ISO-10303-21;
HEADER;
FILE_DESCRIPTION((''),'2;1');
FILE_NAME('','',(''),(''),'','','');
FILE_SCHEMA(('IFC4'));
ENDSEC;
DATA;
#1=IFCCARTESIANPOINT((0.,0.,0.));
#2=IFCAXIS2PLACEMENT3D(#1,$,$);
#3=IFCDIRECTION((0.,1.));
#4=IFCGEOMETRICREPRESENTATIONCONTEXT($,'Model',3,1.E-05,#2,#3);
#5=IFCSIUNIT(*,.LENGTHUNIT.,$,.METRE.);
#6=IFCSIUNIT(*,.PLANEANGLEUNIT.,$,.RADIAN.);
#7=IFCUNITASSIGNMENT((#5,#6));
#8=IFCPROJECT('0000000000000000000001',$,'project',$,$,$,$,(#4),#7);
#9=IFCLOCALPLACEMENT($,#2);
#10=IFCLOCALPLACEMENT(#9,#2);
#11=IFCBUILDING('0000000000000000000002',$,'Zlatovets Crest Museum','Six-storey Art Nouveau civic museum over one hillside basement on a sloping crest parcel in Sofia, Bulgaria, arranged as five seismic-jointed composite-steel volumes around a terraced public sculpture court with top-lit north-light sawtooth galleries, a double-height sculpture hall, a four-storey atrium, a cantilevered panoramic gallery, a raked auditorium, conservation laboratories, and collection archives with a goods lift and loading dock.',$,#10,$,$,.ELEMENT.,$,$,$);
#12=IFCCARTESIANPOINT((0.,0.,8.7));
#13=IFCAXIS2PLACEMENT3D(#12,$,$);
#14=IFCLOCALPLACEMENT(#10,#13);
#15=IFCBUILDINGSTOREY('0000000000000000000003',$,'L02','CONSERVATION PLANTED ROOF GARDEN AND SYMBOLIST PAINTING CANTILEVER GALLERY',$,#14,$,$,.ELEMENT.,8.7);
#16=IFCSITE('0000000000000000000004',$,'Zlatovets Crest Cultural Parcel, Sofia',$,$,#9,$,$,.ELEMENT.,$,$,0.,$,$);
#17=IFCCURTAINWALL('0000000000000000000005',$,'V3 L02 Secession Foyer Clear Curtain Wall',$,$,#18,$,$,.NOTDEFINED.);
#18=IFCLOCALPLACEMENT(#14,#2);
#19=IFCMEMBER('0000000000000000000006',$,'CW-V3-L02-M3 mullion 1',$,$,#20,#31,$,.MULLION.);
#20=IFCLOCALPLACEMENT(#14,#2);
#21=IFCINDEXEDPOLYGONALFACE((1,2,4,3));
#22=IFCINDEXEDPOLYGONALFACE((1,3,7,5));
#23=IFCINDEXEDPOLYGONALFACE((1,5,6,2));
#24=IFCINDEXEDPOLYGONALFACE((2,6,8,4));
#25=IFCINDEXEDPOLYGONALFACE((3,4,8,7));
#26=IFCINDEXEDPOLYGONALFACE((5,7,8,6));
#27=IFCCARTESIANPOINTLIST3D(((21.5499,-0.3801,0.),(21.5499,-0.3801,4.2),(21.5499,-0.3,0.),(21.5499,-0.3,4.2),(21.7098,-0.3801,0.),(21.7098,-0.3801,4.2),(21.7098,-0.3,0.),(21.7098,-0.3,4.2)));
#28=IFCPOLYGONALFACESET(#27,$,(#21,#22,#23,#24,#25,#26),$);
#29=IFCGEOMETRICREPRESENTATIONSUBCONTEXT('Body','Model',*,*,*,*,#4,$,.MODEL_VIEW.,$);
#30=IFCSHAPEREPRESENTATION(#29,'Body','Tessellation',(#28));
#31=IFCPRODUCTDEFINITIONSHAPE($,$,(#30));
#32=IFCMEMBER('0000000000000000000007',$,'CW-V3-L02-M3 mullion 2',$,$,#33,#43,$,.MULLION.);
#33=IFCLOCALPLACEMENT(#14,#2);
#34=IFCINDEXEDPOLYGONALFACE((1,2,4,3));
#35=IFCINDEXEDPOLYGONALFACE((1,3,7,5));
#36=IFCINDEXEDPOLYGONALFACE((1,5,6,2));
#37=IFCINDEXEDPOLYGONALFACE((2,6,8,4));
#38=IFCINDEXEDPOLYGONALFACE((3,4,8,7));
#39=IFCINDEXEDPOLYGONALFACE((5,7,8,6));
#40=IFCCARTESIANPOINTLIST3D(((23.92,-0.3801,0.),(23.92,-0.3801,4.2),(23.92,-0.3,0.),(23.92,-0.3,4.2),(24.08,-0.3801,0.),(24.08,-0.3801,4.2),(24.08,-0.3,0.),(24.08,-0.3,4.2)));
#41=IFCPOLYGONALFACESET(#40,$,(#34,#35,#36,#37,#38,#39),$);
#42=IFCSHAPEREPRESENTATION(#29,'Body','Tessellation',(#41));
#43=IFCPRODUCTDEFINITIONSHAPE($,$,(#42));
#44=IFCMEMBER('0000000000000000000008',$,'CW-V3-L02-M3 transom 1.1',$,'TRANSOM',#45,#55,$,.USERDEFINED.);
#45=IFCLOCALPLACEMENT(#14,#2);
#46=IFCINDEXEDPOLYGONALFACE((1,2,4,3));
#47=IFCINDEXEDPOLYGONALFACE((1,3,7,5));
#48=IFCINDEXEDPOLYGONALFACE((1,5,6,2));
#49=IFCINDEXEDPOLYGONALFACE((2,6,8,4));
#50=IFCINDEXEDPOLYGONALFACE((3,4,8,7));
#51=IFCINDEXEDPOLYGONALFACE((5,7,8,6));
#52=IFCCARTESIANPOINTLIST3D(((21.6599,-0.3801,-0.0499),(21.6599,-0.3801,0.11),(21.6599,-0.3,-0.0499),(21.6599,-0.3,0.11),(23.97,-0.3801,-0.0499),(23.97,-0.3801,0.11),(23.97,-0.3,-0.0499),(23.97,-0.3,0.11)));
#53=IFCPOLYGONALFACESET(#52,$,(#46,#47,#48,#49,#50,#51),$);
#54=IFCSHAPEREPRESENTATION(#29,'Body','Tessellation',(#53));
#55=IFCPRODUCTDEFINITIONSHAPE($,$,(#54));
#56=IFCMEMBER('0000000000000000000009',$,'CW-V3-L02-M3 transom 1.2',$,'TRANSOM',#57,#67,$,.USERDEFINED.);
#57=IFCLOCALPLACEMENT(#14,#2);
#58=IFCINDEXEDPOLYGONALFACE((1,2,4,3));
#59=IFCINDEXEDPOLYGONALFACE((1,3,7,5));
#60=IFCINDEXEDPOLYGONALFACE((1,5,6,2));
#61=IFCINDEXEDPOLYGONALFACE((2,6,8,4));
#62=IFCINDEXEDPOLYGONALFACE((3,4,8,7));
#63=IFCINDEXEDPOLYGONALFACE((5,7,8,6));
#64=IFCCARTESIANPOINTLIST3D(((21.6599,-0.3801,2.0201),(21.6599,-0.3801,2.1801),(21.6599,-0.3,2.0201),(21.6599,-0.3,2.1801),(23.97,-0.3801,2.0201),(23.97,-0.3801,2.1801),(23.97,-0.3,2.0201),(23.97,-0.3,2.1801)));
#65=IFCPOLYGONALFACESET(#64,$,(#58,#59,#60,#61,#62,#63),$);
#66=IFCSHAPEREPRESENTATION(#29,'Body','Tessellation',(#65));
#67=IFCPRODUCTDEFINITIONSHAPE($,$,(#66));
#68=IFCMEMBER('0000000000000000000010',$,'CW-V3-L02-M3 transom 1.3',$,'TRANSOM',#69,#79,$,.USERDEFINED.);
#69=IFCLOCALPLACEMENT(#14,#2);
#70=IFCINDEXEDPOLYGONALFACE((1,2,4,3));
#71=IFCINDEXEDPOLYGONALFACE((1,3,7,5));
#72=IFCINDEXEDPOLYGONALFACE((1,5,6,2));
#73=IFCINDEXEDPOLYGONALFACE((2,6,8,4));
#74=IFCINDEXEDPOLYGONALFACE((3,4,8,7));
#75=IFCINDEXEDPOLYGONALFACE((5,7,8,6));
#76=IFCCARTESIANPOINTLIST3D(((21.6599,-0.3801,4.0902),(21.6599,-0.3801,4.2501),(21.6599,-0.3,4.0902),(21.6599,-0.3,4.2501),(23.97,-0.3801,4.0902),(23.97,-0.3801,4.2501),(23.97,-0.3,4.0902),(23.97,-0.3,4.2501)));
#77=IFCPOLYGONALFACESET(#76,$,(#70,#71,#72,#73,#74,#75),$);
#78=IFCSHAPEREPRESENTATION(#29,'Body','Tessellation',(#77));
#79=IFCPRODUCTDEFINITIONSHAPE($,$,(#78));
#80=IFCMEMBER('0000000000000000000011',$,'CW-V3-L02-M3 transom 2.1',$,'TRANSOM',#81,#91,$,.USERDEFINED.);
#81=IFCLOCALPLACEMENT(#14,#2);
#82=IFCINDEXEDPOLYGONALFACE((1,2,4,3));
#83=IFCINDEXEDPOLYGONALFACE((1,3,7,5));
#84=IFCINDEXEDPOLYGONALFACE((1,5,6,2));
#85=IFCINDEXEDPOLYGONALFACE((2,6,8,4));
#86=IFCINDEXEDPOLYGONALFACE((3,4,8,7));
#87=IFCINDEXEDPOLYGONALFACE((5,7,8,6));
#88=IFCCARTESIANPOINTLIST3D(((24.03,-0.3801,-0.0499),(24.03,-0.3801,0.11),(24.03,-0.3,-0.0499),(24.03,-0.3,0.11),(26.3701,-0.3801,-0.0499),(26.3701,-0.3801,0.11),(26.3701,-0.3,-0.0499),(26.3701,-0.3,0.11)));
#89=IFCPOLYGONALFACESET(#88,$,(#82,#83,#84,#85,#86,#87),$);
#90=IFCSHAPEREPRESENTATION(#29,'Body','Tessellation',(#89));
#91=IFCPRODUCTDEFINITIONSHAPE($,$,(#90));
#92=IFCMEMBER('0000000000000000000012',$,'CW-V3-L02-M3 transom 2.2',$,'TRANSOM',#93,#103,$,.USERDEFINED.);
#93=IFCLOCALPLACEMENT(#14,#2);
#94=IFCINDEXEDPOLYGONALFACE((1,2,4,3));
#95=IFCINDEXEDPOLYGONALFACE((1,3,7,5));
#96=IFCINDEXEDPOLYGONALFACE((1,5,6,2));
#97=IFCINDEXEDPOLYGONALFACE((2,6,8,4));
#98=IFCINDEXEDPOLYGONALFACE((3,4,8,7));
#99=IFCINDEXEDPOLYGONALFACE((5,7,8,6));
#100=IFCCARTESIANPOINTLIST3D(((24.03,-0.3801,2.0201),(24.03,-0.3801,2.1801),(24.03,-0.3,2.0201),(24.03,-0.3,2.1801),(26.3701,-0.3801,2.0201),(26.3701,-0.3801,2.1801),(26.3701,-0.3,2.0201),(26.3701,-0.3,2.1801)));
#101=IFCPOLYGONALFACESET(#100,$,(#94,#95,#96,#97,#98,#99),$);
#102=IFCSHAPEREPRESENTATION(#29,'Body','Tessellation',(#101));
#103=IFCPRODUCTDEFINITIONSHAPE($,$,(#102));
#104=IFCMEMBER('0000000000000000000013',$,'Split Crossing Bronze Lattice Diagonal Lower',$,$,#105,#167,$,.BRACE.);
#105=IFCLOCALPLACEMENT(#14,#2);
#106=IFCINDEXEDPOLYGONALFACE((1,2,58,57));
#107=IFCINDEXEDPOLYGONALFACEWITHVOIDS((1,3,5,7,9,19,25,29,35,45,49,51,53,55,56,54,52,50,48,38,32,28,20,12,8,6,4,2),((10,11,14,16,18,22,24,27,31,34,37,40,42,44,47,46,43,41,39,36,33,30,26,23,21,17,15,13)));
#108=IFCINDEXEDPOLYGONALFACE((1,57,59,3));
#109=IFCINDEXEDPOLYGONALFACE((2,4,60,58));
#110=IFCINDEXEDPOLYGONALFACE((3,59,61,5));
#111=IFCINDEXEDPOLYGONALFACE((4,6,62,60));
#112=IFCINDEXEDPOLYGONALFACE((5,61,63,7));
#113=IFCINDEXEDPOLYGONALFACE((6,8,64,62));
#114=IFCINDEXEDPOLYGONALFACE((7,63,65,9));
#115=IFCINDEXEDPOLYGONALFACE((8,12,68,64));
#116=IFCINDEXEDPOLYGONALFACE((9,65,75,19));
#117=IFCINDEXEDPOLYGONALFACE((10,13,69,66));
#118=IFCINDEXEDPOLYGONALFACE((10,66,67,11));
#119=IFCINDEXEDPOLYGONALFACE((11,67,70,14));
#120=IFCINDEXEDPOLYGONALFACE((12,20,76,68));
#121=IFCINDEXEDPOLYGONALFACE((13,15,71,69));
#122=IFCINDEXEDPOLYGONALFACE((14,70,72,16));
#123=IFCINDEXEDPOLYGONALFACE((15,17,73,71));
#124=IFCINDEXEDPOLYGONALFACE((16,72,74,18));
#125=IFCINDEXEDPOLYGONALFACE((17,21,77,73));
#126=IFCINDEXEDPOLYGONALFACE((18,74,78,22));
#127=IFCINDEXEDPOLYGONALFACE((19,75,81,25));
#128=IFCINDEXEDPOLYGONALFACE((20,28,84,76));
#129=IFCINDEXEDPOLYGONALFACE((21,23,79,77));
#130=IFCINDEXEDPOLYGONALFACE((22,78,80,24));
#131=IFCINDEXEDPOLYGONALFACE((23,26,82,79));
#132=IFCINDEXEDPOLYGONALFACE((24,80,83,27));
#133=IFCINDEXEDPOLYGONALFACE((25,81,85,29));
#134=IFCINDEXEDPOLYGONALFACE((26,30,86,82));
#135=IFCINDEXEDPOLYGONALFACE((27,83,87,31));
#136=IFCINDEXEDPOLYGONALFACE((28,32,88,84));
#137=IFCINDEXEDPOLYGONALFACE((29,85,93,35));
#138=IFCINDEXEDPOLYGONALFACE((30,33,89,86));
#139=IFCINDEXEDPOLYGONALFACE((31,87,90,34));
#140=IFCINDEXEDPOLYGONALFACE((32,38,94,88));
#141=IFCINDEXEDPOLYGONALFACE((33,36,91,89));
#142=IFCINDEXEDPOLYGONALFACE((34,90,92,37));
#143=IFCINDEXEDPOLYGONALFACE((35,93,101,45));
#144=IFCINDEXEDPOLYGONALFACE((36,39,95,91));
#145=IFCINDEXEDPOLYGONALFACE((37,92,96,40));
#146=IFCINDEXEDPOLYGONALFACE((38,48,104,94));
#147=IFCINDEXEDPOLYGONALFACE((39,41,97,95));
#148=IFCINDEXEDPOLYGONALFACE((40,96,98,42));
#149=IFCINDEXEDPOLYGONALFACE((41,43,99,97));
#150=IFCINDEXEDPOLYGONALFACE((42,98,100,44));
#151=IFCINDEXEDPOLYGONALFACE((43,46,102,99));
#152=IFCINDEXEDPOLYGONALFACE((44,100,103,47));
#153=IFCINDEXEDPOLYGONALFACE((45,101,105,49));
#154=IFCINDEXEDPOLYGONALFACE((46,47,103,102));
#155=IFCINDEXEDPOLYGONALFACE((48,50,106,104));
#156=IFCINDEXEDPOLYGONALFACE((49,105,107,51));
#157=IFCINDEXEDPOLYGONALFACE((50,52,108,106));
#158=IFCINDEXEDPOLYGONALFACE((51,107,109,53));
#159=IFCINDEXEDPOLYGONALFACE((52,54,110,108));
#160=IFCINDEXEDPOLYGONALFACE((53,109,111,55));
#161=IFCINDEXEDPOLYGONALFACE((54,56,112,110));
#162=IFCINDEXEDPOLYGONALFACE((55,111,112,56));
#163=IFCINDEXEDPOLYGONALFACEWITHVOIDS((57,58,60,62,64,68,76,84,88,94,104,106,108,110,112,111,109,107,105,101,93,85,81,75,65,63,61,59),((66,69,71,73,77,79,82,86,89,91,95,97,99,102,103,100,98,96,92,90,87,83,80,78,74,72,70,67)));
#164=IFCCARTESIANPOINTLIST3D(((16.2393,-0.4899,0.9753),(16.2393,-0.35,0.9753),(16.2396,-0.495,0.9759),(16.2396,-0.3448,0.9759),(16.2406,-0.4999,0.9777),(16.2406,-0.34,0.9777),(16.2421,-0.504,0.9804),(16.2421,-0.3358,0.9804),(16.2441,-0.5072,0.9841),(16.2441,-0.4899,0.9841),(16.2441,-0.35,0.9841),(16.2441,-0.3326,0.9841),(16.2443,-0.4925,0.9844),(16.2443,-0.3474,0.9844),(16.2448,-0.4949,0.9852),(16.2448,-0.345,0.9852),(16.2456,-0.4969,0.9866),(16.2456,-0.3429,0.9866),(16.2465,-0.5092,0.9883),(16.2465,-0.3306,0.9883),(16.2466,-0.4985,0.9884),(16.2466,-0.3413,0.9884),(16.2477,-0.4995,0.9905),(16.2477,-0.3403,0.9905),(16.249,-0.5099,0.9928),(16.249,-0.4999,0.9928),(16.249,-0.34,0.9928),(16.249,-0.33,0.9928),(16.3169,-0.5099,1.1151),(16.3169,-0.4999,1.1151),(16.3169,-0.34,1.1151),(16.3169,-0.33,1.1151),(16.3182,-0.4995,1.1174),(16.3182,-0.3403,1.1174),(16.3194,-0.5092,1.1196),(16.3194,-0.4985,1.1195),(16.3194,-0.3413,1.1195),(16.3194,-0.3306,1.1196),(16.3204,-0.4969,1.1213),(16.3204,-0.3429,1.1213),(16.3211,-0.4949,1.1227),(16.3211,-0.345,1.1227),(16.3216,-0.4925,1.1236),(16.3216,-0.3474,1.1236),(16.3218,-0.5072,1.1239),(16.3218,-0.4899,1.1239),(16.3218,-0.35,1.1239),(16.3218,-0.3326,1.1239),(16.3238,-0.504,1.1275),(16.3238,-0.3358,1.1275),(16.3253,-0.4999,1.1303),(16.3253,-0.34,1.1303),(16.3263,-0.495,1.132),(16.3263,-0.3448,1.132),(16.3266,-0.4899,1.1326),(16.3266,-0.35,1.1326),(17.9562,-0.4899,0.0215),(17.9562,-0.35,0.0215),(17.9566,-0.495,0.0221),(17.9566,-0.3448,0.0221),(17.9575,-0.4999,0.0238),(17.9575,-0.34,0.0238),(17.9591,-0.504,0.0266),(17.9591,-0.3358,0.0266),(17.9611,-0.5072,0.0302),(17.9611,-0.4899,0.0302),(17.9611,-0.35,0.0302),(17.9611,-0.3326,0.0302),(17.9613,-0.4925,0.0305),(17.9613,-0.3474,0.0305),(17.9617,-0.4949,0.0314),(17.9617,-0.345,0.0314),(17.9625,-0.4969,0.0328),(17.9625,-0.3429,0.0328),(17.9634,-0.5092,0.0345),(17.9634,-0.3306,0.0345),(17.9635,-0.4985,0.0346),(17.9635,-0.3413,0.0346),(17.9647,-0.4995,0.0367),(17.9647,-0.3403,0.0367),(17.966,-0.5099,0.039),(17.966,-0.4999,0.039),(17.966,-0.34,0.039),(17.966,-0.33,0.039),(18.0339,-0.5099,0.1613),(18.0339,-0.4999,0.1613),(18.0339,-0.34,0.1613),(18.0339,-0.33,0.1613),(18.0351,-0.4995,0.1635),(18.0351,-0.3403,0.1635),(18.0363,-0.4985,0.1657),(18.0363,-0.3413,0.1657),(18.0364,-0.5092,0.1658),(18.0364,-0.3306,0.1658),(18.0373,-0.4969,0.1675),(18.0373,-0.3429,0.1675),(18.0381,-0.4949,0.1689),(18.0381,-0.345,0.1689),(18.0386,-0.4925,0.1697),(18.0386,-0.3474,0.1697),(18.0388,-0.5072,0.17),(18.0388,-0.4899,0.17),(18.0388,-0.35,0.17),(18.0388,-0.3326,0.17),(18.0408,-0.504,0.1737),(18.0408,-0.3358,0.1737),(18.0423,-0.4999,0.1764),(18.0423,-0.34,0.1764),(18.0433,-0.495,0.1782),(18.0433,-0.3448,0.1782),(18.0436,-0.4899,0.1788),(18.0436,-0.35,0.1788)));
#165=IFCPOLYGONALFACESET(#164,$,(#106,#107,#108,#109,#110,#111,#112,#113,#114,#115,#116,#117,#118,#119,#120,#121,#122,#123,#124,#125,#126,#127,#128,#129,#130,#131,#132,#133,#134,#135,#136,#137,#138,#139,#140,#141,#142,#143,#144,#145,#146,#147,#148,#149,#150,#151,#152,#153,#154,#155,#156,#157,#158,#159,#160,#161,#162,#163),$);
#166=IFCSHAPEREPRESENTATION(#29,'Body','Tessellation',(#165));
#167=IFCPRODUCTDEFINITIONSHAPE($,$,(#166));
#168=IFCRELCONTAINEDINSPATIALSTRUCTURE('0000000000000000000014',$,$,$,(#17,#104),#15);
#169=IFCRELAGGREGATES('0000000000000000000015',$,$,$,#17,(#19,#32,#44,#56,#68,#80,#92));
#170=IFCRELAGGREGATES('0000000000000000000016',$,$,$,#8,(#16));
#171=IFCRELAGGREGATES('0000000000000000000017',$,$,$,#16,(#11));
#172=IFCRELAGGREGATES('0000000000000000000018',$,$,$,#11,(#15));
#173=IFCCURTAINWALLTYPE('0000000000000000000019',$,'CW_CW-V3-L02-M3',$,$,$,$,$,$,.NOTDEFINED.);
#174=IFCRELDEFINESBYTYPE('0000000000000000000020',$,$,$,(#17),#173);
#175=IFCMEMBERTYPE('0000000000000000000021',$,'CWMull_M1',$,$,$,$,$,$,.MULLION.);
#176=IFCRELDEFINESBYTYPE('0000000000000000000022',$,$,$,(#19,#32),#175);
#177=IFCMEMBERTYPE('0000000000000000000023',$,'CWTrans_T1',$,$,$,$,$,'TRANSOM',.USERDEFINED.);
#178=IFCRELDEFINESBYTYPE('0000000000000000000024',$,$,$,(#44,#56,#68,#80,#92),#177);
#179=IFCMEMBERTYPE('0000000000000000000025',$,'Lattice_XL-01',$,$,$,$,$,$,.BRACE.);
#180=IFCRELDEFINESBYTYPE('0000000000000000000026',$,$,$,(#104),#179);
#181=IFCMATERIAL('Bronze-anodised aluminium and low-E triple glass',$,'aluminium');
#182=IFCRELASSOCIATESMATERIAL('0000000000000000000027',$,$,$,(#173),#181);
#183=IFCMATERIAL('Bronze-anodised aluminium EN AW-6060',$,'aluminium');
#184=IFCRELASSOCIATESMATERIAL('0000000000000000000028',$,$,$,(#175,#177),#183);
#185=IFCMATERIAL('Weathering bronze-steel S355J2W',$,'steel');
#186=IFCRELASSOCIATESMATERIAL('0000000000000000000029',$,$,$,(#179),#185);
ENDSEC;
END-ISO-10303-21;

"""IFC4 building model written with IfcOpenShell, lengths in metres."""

from ifc_helpers import new_model, si_unit, direction, frame, origin, origin_2d, place, context, subcontext, project, spatial, rectangle, hollow_rectangle, extrude, material, material_profile, profile_set, type_object, element, aggregate, save


model = new_model("IFC4")

# Units and contexts
model_context = context("Model", 3, precision=1e-05, world=origin(), true_north=direction((0.0, 1.0)))
body_context = subcontext(model_context, "Body", "Model", "MODEL_VIEW")
ifc_project = project(units=[si_unit("LENGTHUNIT", "METRE"), si_unit("PLANEANGLEUNIT", "RADIAN")], contexts=[model_context])

# Site, building, storey
site_placement = place(None, origin())
site = spatial("IfcSite", under=ifc_project, at=site_placement, Name="Zlatovets Crest Cultural Parcel, Sofia", CompositionType="ELEMENT", RefElevation=0.0)
building_placement = place(site_placement, origin())
building = spatial("IfcBuilding", under=site, at=building_placement, Name="Zlatovets Crest Museum", Description="Six-storey Art Nouveau civic museum over one hillside basement on a sloping crest parcel in Sofia, Bulgaria, arranged as five seismic-jointed composite-steel volumes around a terraced public sculpture court with top-lit north-light sawtooth galleries, a double-height sculpture hall, a four-storey atrium, a cantilevered panoramic gallery, a raked auditorium, conservation laboratories, and collection archives with a goods lift and loading dock.", CompositionType="ELEMENT")
storey_placement = place(building_placement, frame((0.0, 0.0, 8.7)))
storey = spatial("IfcBuildingStorey", under=building, at=storey_placement, Name="L02", Description="CONSERVATION PLANTED ROOF GARDEN AND SYMBOLIST PAINTING CANTILEVER GALLERY", CompositionType="ELEMENT", Elevation=8.7)

# Curtain wall, members
ifc_material_1 = material(Name="Bronze-anodised aluminium and low-E triple glass", Category="aluminium")
curtain_wall_type = type_object("IfcCurtainWallType", Name="CW_CW-V3-L02-M3", PredefinedType="NOTDEFINED", material=ifc_material_1)
curtain_wall_placement = place(storey_placement, origin())
curtain_wall = element("IfcCurtainWall", 1, at=curtain_wall_placement, inside=storey, type_object=curtain_wall_type, Name="V3 L02 Secession Foyer Clear Curtain Wall", PredefinedType="NOTDEFINED")
ifc_material_2 = material(Name="Bronze-anodised aluminium EN AW-6060", Category="aluminium")
ifc_material_profile_1 = material_profile(ifc_material_2, rectangle(XDim=0.0801, YDim=0.1599, at=origin_2d()), Name="ALU 80x160")
ifc_profile_set_1 = profile_set([ifc_material_profile_1], Name="Bronze-anodised aluminium EN AW-6060")
member_type_1 = type_object("IfcMemberType", Name="CWMull_M1", PredefinedType="MULLION", material=ifc_profile_set_1)
member_1_placement = place(storey_placement, frame((21.6299, -0.3401, 0.0), z_axis=(0.0, 0.0, 1.0), x_axis=(0.0, 1.0, 0.0)))
member_1 = element("IfcMember", 2, at=member_1_placement, type_object=member_type_1, Name="CW-V3-L02-M3 mullion 1", PredefinedType="MULLION", context=body_context, shape_type="SweptSolid", body=[
    extrude(rectangle(XDim=0.0801, YDim=0.1599, at=origin_2d()), origin(), (0.0, 0.0, 1.0), 4.2),
])
member_2_placement = place(storey_placement, frame((24.0, -0.3401, 0.0), z_axis=(0.0, 0.0, 1.0), x_axis=(0.0, 1.0, 0.0)))
member_2 = element("IfcMember", 3, at=member_2_placement, type_object=member_type_1, Name="CW-V3-L02-M3 mullion 2", PredefinedType="MULLION", context=body_context, shape_type="SweptSolid", body=[
    extrude(rectangle(XDim=0.0801, YDim=0.1599, at=origin_2d()), origin(), (0.0, 0.0, 1.0), 4.2),
])
ifc_material_profile_2 = material_profile(ifc_material_2, rectangle(XDim=0.0801, YDim=0.1599, at=origin_2d()), Name="ALU 80x160")
ifc_profile_set_2 = profile_set([ifc_material_profile_2], Name="Bronze-anodised aluminium EN AW-6060")
member_type_2 = type_object("IfcMemberType", Name="CWTrans_T1", ElementType="TRANSOM", PredefinedType="USERDEFINED", material=ifc_profile_set_2)
member_3_placement = place(storey_placement, frame((21.6599, -0.3401, 0.03), z_axis=(1.0, 0.0, 0.0), x_axis=(0.0, 1.0, 0.0)))
member_3 = element("IfcMember", 4, at=member_3_placement, type_object=member_type_2, Name="CW-V3-L02-M3 transom 1.1", ObjectType="TRANSOM", PredefinedType="USERDEFINED", context=body_context, shape_type="SweptSolid", body=[
    extrude(rectangle(XDim=0.0801, YDim=0.1599, at=origin_2d()), origin(), (0.0, 0.0, 1.0), 2.3101),
])
member_4_placement = place(storey_placement, frame((21.6599, -0.3401, 2.1001), z_axis=(1.0, 0.0, 0.0), x_axis=(0.0, 1.0, 0.0)))
member_4 = element("IfcMember", 5, at=member_4_placement, type_object=member_type_2, Name="CW-V3-L02-M3 transom 1.2", ObjectType="TRANSOM", PredefinedType="USERDEFINED", context=body_context, shape_type="SweptSolid", body=[
    extrude(rectangle(XDim=0.0801, YDim=0.1599, at=origin_2d()), origin(), (0.0, 0.0, 1.0), 2.3101),
])
member_5_placement = place(storey_placement, frame((21.6599, -0.3401, 4.1702), z_axis=(1.0, 0.0, 0.0), x_axis=(0.0, 1.0, 0.0)))
member_5 = element("IfcMember", 6, at=member_5_placement, type_object=member_type_2, Name="CW-V3-L02-M3 transom 1.3", ObjectType="TRANSOM", PredefinedType="USERDEFINED", context=body_context, shape_type="SweptSolid", body=[
    extrude(rectangle(XDim=0.0801, YDim=0.1599, at=origin_2d()), origin(), (0.0, 0.0, 1.0), 2.3101),
])
member_6_placement = place(storey_placement, frame((24.03, -0.3401, 0.03), z_axis=(1.0, 0.0, 0.0), x_axis=(0.0, 1.0, 0.0)))
member_6 = element("IfcMember", 7, at=member_6_placement, type_object=member_type_2, Name="CW-V3-L02-M3 transom 2.1", ObjectType="TRANSOM", PredefinedType="USERDEFINED", context=body_context, shape_type="SweptSolid", body=[
    extrude(rectangle(XDim=0.0801, YDim=0.1599, at=origin_2d()), origin(), (0.0, 0.0, 1.0), 2.3401),
])
member_7_placement = place(storey_placement, frame((24.03, -0.3401, 2.1001), z_axis=(1.0, 0.0, 0.0), x_axis=(0.0, 1.0, 0.0)))
member_7 = element("IfcMember", 8, at=member_7_placement, type_object=member_type_2, Name="CW-V3-L02-M3 transom 2.2", ObjectType="TRANSOM", PredefinedType="USERDEFINED", context=body_context, shape_type="SweptSolid", body=[
    extrude(rectangle(XDim=0.0801, YDim=0.1599, at=origin_2d()), origin(), (0.0, 0.0, 1.0), 2.3401),
])

# Member
ifc_material_3 = material(Name="Weathering bronze-steel S355J2W", Category="steel")
ifc_material_profile_3 = material_profile(ifc_material_3, hollow_rectangle(XDim=0.1799, YDim=0.1799, WallThickness=0.01, InnerFilletRadius=0.01, OuterFilletRadius=0.02, at=origin_2d()), Name="SHS 180x180x10.0")
ifc_profile_set_3 = profile_set([ifc_material_profile_3], Name="Weathering bronze-steel S355J2W")
member_type_3 = type_object("IfcMemberType", Name="Lattice_XL-01", PredefinedType="BRACE", material=ifc_profile_set_3)
member_8_placement = place(storey_placement, frame((16.283, -0.4199, 1.054), z_axis=(0.874169, 0.0, -0.485622), x_axis=(0.0, 1.0, 0.0)))
element("IfcMember", 9, at=member_8_placement, inside=storey, type_object=member_type_3, Name="Split Crossing Bronze Lattice Diagonal Lower", PredefinedType="BRACE", context=body_context, shape_type="SweptSolid", body=[
    extrude(hollow_rectangle(XDim=0.1799, YDim=0.1799, WallThickness=0.01, InnerFilletRadius=0.01, OuterFilletRadius=0.02, at=origin_2d()), origin(), (0.0, 0.0, 1.0), 1.9641),
])

aggregate(curtain_wall, [member_1, member_2, member_3, member_4, member_5, member_6, member_7])

save(model, "model.ifc")
